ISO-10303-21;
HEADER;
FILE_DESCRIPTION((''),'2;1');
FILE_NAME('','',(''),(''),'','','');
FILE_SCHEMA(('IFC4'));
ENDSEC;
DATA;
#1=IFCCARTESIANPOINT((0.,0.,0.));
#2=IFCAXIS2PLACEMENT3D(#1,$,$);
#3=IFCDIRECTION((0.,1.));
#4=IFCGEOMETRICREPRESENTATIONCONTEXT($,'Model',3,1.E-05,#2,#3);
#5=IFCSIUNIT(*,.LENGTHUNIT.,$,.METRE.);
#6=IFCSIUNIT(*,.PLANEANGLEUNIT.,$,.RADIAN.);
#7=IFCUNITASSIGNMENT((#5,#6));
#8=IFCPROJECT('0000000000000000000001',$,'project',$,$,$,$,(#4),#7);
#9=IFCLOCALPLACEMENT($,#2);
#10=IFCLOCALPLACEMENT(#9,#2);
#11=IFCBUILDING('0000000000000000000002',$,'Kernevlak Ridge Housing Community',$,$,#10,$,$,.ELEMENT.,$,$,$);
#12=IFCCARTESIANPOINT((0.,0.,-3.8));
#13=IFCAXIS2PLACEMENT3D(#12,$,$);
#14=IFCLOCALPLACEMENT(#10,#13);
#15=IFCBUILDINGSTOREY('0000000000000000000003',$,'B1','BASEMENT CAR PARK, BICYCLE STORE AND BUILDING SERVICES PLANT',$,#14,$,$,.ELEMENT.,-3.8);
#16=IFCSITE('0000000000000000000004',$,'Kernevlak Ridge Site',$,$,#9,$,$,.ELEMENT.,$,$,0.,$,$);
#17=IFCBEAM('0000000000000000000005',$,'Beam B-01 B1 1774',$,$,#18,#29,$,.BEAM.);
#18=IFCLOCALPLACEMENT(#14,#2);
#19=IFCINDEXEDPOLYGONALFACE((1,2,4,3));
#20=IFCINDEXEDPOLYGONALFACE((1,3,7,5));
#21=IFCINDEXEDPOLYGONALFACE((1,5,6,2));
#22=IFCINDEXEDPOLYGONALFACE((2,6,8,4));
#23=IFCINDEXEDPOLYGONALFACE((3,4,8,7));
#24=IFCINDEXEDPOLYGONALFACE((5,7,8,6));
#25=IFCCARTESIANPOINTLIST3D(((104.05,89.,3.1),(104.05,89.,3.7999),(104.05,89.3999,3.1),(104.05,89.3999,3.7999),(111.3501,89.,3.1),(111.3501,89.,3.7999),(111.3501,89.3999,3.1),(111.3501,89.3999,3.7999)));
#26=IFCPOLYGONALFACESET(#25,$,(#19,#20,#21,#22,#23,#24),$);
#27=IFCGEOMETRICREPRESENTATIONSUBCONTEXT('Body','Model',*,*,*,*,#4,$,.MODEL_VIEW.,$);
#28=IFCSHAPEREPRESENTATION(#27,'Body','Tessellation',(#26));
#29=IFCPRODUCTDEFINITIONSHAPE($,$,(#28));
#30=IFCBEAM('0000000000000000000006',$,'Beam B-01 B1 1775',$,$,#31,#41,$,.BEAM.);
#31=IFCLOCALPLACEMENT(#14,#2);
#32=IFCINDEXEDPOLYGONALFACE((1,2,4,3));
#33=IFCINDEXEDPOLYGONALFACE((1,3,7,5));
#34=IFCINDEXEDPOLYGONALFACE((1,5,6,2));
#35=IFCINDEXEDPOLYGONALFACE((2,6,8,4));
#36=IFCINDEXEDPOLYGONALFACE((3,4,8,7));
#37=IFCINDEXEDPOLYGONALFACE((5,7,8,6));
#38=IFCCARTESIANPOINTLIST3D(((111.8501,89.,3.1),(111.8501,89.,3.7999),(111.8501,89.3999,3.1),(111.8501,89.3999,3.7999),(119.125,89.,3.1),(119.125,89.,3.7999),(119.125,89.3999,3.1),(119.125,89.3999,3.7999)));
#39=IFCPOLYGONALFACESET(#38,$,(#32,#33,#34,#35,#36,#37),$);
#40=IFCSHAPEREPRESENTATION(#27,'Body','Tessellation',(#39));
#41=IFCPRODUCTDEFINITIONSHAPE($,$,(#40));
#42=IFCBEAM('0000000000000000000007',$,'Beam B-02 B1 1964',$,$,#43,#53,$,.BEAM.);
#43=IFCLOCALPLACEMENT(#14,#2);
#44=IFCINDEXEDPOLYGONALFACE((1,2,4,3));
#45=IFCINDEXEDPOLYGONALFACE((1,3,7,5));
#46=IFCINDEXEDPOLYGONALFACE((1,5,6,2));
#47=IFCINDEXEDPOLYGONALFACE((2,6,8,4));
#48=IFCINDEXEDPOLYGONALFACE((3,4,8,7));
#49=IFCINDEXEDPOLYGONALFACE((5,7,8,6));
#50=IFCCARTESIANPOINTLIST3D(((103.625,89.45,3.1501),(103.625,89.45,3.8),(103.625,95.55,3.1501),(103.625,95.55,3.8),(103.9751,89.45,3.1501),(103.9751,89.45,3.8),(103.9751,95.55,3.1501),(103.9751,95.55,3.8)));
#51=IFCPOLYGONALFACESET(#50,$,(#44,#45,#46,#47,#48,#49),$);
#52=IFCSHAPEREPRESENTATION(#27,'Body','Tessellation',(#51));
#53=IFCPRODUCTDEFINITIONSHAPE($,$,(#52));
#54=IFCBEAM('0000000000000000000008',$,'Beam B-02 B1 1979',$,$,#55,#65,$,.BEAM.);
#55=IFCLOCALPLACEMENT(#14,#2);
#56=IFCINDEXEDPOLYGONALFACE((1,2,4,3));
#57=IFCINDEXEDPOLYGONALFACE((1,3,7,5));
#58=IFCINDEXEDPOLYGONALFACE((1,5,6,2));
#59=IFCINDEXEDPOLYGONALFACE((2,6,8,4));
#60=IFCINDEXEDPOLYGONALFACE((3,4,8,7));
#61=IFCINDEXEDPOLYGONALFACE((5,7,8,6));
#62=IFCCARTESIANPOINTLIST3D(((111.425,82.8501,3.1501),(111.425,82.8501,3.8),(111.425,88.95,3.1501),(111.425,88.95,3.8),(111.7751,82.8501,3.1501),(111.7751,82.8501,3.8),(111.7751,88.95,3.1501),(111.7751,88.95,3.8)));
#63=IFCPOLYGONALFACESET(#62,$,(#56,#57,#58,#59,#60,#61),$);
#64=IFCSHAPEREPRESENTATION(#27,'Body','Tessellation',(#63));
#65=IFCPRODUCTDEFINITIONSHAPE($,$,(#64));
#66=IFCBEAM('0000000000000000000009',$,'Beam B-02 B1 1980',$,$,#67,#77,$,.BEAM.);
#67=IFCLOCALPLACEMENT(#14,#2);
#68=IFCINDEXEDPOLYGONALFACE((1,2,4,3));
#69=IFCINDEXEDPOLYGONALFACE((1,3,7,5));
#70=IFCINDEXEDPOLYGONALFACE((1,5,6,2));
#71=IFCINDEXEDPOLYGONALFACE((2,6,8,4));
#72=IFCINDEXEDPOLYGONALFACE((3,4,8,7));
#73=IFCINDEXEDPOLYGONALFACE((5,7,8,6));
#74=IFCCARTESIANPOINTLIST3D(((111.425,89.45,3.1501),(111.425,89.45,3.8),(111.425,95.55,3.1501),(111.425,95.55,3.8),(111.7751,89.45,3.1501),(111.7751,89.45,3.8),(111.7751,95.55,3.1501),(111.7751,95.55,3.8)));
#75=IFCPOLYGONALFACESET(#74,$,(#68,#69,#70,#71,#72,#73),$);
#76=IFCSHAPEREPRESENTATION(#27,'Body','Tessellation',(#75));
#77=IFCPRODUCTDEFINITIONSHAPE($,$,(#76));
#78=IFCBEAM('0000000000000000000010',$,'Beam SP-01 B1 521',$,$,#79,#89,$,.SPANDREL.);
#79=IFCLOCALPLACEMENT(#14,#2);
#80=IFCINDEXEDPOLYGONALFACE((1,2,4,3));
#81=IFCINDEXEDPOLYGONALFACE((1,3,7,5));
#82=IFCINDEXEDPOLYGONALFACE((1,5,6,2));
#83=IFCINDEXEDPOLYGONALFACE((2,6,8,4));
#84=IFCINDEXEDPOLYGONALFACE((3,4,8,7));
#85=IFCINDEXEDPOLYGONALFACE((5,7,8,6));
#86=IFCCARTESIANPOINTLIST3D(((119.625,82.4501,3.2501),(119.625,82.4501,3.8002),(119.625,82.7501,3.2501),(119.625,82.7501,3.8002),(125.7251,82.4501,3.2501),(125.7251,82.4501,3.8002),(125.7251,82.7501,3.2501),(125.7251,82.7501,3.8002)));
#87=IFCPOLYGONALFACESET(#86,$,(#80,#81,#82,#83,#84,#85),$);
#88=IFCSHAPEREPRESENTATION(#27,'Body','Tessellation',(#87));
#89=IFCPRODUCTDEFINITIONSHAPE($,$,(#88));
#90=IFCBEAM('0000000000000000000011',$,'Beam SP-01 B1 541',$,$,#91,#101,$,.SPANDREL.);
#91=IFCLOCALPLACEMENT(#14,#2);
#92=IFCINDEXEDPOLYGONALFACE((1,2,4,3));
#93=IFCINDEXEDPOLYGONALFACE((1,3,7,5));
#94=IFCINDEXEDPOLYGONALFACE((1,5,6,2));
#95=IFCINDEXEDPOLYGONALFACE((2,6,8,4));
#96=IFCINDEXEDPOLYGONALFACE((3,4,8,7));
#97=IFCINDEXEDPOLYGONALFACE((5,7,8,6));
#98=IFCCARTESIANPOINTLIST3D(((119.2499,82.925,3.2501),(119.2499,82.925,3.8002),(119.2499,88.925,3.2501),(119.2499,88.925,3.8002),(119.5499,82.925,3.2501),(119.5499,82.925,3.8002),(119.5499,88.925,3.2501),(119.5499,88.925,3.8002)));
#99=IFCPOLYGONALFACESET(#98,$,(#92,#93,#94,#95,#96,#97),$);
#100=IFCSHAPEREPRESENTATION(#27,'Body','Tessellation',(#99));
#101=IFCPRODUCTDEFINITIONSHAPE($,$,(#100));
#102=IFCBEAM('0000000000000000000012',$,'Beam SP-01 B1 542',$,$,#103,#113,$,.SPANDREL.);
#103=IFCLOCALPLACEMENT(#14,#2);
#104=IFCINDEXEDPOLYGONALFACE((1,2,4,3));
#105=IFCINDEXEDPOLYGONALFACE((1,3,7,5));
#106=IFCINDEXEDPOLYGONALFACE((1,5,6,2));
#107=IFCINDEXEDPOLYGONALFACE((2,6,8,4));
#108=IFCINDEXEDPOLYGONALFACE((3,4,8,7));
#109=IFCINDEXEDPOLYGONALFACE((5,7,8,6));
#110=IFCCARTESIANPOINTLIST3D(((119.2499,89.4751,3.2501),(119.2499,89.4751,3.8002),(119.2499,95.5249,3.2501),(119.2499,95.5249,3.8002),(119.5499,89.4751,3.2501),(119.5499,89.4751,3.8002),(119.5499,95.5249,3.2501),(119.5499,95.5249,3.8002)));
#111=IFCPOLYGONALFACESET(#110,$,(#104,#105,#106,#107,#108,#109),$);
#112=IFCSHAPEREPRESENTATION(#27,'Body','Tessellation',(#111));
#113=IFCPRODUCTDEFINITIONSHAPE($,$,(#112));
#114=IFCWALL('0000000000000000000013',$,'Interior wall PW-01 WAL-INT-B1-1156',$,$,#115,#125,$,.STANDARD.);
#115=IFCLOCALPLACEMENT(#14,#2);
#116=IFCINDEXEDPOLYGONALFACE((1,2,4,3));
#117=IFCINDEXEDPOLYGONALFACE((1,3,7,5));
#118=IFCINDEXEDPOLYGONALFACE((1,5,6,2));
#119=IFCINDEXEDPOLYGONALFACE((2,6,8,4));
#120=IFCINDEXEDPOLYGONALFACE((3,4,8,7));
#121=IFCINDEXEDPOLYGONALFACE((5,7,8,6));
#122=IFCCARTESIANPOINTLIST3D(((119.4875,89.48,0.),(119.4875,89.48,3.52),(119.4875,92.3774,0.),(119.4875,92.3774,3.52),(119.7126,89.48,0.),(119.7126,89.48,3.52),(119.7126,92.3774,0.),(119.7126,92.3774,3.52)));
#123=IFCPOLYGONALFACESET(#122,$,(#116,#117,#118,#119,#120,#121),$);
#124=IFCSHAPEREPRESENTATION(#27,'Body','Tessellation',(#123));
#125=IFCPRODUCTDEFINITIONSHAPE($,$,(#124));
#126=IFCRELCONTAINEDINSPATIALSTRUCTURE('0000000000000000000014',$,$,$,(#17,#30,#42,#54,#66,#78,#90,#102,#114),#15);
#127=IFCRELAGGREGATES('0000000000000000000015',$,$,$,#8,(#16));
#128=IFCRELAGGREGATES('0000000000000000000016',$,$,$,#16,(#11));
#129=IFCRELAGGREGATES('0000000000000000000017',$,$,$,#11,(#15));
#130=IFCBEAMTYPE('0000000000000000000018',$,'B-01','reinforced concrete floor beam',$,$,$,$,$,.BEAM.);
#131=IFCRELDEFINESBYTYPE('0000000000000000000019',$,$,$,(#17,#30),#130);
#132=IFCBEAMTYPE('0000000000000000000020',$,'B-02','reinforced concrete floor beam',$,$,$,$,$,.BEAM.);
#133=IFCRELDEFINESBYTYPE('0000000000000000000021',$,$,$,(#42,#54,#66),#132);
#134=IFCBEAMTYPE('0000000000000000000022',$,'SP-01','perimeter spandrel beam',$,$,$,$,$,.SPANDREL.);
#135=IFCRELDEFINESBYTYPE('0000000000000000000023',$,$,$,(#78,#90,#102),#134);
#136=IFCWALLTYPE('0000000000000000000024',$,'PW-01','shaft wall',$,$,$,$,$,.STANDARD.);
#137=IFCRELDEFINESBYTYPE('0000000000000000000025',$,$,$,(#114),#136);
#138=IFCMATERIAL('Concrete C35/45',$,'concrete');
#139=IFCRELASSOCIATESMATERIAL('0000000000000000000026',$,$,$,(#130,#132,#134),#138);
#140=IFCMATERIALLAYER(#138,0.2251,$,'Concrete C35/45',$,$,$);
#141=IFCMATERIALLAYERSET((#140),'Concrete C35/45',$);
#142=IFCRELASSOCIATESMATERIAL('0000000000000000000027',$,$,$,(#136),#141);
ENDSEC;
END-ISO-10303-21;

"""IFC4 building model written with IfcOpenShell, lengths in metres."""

from ifc_helpers import new_model, si_unit, direction, frame, frame_2d, origin, origin_2d, place, context, subcontext, project, spatial, rectangle, extrude, material, layer, layer_set, material_profile, profile_set, type_object, element, save


model = new_model("IFC4")

# Units and contexts
model_context = context("Model", 3, precision=1e-05, world=origin(), true_north=direction((0.0, 1.0)))
body_context = subcontext(model_context, "Body", "Model", "MODEL_VIEW")
ifc_project = project(units=[si_unit("LENGTHUNIT", "METRE"), si_unit("PLANEANGLEUNIT", "RADIAN")], contexts=[model_context])

# Site, building, storey
site_placement = place(None, origin())
site = spatial("IfcSite", under=ifc_project, at=site_placement, Name="Kernevlak Ridge Site", CompositionType="ELEMENT", RefElevation=0.0)
building_placement = place(site_placement, origin())
building = spatial("IfcBuilding", under=site, at=building_placement, Name="Kernevlak Ridge Housing Community", CompositionType="ELEMENT")
storey_placement = place(building_placement, frame((0.0, 0.0, -3.8)))
storey = spatial("IfcBuildingStorey", under=building, at=storey_placement, Name="B1", Description="BASEMENT CAR PARK, BICYCLE STORE AND BUILDING SERVICES PLANT", CompositionType="ELEMENT", Elevation=-3.8)

# Shared definitions
ifc_material_1 = material(Name="Concrete C35/45", Category="concrete")

# Beams
ifc_material_profile_1 = material_profile(ifc_material_1, rectangle(XDim=0.3999, YDim=0.7, at=origin_2d()), Name="RC 400x700")
ifc_profile_set_1 = profile_set([ifc_material_profile_1], Name="Concrete C35/45")
beam_type_1 = type_object("IfcBeamType", Name="B-01", Description="reinforced concrete floor beam", PredefinedType="BEAM", material=ifc_profile_set_1)
beam_1_placement = place(storey_placement, frame((104.05, 89.2, 3.45), z_axis=(1.0, 0.0, 0.0), x_axis=(0.0, 1.0, 0.0)))
element("IfcBeam", 1, at=beam_1_placement, inside=storey, type_object=beam_type_1, Name="Beam B-01 B1 1774", PredefinedType="BEAM", context=body_context, shape_type="SweptSolid", body=[
    extrude(rectangle(XDim=0.3999, YDim=0.7, at=origin_2d()), origin(), (0.0, 0.0, 1.0), 7.3),
])
beam_2_placement = place(storey_placement, frame((111.8501, 89.2, 3.45), z_axis=(1.0, 0.0, 0.0), x_axis=(0.0, 1.0, 0.0)))
element("IfcBeam", 2, at=beam_2_placement, inside=storey, type_object=beam_type_1, Name="Beam B-01 B1 1775", PredefinedType="BEAM", context=body_context, shape_type="SweptSolid", body=[
    extrude(rectangle(XDim=0.3999, YDim=0.7, at=origin_2d()), origin(), (0.0, 0.0, 1.0), 7.2749),
])
ifc_material_profile_2 = material_profile(ifc_material_1, rectangle(XDim=0.3501, YDim=0.6499, at=origin_2d()), Name="RC 350x650")
ifc_profile_set_2 = profile_set([ifc_material_profile_2], Name="Concrete C35/45")
beam_type_2 = type_object("IfcBeamType", Name="B-02", Description="reinforced concrete floor beam", PredefinedType="BEAM", material=ifc_profile_set_2)
beam_3_placement = place(storey_placement, frame((103.8, 89.45, 3.4751), z_axis=(0.0, 1.0, 0.0), x_axis=(-1.0, 0.0, 0.0)))
element("IfcBeam", 3, at=beam_3_placement, inside=storey, type_object=beam_type_2, Name="Beam B-02 B1 1964", PredefinedType="BEAM", context=body_context, shape_type="SweptSolid", body=[
    extrude(rectangle(XDim=0.3501, YDim=0.6499, at=origin_2d()), origin(), (0.0, 0.0, 1.0), 6.1001),
])
beam_4_placement = place(storey_placement, frame((111.6001, 82.8501, 3.4751), z_axis=(0.0, 1.0, 0.0), x_axis=(-1.0, 0.0, 0.0)))
element("IfcBeam", 4, at=beam_4_placement, inside=storey, type_object=beam_type_2, Name="Beam B-02 B1 1979", PredefinedType="BEAM", context=body_context, shape_type="SweptSolid", body=[
    extrude(rectangle(XDim=0.3501, YDim=0.6499, at=origin_2d()), origin(), (0.0, 0.0, 1.0), 6.0999),
])
beam_5_placement = place(storey_placement, frame((111.6001, 89.45, 3.4751), z_axis=(0.0, 1.0, 0.0), x_axis=(-1.0, 0.0, 0.0)))
element("IfcBeam", 5, at=beam_5_placement, inside=storey, type_object=beam_type_2, Name="Beam B-02 B1 1980", PredefinedType="BEAM", context=body_context, shape_type="SweptSolid", body=[
    extrude(rectangle(XDim=0.3501, YDim=0.6499, at=origin_2d()), origin(), (0.0, 0.0, 1.0), 6.1001),
])
ifc_material_profile_3 = material_profile(ifc_material_1, rectangle(XDim=0.3, YDim=0.55, at=origin_2d()), Name="RC 300x550")
ifc_profile_set_3 = profile_set([ifc_material_profile_3], Name="Concrete C35/45")
beam_type_3 = type_object("IfcBeamType", Name="SP-01", Description="perimeter spandrel beam", PredefinedType="SPANDREL", material=ifc_profile_set_3)
beam_6_placement = place(storey_placement, frame((119.625, 82.6001, 3.5251), z_axis=(1.0, 0.0, 0.0), x_axis=(0.0, 1.0, 0.0)))
element("IfcBeam", 6, at=beam_6_placement, inside=storey, type_object=beam_type_3, Name="Beam SP-01 B1 521", PredefinedType="SPANDREL", context=body_context, shape_type="SweptSolid", body=[
    extrude(rectangle(XDim=0.3, YDim=0.55, at=origin_2d()), origin(), (0.0, 0.0, 1.0), 6.1001),
])
beam_7_placement = place(storey_placement, frame((119.3999, 82.925, 3.5251), z_axis=(0.0, 1.0, 0.0), x_axis=(-1.0, 0.0, 0.0)))
element("IfcBeam", 7, at=beam_7_placement, inside=storey, type_object=beam_type_3, Name="Beam SP-01 B1 541", PredefinedType="SPANDREL", context=body_context, shape_type="SweptSolid", body=[
    extrude(rectangle(XDim=0.3, YDim=0.55, at=origin_2d()), origin(), (0.0, 0.0, 1.0), 6.0),
])
beam_8_placement = place(storey_placement, frame((119.3999, 89.4751, 3.5251), z_axis=(0.0, 1.0, 0.0), x_axis=(-1.0, 0.0, 0.0)))
element("IfcBeam", 8, at=beam_8_placement, inside=storey, type_object=beam_type_3, Name="Beam SP-01 B1 542", PredefinedType="SPANDREL", context=body_context, shape_type="SweptSolid", body=[
    extrude(rectangle(XDim=0.3, YDim=0.55, at=origin_2d()), origin(), (0.0, 0.0, 1.0), 6.0498),
])

# Wall
ifc_layer = layer(ifc_material_1, 0.2251, Name="Concrete C35/45")
ifc_layer_set = layer_set([ifc_layer], Name="Concrete C35/45")
wall_type = type_object("IfcWallType", Name="PW-01", Description="shaft wall", PredefinedType="STANDARD", material=ifc_layer_set)
wall_placement = place(storey_placement, frame((119.6001, 89.48, 0.0), z_axis=(0.0, 0.0, 1.0), x_axis=(0.0, 1.0, 0.0)))
element("IfcWall", 9, at=wall_placement, inside=storey, type_object=wall_type, Name="Interior wall PW-01 WAL-INT-B1-1156", PredefinedType="STANDARD", context=body_context, shape_type="SweptSolid", body=[
    extrude(rectangle(XDim=2.8975, YDim=0.2251, at=frame_2d((1.4487, 0.0))), origin(), (0.0, 0.0, 1.0), 3.52),
])

save(model, "model.ifc")
